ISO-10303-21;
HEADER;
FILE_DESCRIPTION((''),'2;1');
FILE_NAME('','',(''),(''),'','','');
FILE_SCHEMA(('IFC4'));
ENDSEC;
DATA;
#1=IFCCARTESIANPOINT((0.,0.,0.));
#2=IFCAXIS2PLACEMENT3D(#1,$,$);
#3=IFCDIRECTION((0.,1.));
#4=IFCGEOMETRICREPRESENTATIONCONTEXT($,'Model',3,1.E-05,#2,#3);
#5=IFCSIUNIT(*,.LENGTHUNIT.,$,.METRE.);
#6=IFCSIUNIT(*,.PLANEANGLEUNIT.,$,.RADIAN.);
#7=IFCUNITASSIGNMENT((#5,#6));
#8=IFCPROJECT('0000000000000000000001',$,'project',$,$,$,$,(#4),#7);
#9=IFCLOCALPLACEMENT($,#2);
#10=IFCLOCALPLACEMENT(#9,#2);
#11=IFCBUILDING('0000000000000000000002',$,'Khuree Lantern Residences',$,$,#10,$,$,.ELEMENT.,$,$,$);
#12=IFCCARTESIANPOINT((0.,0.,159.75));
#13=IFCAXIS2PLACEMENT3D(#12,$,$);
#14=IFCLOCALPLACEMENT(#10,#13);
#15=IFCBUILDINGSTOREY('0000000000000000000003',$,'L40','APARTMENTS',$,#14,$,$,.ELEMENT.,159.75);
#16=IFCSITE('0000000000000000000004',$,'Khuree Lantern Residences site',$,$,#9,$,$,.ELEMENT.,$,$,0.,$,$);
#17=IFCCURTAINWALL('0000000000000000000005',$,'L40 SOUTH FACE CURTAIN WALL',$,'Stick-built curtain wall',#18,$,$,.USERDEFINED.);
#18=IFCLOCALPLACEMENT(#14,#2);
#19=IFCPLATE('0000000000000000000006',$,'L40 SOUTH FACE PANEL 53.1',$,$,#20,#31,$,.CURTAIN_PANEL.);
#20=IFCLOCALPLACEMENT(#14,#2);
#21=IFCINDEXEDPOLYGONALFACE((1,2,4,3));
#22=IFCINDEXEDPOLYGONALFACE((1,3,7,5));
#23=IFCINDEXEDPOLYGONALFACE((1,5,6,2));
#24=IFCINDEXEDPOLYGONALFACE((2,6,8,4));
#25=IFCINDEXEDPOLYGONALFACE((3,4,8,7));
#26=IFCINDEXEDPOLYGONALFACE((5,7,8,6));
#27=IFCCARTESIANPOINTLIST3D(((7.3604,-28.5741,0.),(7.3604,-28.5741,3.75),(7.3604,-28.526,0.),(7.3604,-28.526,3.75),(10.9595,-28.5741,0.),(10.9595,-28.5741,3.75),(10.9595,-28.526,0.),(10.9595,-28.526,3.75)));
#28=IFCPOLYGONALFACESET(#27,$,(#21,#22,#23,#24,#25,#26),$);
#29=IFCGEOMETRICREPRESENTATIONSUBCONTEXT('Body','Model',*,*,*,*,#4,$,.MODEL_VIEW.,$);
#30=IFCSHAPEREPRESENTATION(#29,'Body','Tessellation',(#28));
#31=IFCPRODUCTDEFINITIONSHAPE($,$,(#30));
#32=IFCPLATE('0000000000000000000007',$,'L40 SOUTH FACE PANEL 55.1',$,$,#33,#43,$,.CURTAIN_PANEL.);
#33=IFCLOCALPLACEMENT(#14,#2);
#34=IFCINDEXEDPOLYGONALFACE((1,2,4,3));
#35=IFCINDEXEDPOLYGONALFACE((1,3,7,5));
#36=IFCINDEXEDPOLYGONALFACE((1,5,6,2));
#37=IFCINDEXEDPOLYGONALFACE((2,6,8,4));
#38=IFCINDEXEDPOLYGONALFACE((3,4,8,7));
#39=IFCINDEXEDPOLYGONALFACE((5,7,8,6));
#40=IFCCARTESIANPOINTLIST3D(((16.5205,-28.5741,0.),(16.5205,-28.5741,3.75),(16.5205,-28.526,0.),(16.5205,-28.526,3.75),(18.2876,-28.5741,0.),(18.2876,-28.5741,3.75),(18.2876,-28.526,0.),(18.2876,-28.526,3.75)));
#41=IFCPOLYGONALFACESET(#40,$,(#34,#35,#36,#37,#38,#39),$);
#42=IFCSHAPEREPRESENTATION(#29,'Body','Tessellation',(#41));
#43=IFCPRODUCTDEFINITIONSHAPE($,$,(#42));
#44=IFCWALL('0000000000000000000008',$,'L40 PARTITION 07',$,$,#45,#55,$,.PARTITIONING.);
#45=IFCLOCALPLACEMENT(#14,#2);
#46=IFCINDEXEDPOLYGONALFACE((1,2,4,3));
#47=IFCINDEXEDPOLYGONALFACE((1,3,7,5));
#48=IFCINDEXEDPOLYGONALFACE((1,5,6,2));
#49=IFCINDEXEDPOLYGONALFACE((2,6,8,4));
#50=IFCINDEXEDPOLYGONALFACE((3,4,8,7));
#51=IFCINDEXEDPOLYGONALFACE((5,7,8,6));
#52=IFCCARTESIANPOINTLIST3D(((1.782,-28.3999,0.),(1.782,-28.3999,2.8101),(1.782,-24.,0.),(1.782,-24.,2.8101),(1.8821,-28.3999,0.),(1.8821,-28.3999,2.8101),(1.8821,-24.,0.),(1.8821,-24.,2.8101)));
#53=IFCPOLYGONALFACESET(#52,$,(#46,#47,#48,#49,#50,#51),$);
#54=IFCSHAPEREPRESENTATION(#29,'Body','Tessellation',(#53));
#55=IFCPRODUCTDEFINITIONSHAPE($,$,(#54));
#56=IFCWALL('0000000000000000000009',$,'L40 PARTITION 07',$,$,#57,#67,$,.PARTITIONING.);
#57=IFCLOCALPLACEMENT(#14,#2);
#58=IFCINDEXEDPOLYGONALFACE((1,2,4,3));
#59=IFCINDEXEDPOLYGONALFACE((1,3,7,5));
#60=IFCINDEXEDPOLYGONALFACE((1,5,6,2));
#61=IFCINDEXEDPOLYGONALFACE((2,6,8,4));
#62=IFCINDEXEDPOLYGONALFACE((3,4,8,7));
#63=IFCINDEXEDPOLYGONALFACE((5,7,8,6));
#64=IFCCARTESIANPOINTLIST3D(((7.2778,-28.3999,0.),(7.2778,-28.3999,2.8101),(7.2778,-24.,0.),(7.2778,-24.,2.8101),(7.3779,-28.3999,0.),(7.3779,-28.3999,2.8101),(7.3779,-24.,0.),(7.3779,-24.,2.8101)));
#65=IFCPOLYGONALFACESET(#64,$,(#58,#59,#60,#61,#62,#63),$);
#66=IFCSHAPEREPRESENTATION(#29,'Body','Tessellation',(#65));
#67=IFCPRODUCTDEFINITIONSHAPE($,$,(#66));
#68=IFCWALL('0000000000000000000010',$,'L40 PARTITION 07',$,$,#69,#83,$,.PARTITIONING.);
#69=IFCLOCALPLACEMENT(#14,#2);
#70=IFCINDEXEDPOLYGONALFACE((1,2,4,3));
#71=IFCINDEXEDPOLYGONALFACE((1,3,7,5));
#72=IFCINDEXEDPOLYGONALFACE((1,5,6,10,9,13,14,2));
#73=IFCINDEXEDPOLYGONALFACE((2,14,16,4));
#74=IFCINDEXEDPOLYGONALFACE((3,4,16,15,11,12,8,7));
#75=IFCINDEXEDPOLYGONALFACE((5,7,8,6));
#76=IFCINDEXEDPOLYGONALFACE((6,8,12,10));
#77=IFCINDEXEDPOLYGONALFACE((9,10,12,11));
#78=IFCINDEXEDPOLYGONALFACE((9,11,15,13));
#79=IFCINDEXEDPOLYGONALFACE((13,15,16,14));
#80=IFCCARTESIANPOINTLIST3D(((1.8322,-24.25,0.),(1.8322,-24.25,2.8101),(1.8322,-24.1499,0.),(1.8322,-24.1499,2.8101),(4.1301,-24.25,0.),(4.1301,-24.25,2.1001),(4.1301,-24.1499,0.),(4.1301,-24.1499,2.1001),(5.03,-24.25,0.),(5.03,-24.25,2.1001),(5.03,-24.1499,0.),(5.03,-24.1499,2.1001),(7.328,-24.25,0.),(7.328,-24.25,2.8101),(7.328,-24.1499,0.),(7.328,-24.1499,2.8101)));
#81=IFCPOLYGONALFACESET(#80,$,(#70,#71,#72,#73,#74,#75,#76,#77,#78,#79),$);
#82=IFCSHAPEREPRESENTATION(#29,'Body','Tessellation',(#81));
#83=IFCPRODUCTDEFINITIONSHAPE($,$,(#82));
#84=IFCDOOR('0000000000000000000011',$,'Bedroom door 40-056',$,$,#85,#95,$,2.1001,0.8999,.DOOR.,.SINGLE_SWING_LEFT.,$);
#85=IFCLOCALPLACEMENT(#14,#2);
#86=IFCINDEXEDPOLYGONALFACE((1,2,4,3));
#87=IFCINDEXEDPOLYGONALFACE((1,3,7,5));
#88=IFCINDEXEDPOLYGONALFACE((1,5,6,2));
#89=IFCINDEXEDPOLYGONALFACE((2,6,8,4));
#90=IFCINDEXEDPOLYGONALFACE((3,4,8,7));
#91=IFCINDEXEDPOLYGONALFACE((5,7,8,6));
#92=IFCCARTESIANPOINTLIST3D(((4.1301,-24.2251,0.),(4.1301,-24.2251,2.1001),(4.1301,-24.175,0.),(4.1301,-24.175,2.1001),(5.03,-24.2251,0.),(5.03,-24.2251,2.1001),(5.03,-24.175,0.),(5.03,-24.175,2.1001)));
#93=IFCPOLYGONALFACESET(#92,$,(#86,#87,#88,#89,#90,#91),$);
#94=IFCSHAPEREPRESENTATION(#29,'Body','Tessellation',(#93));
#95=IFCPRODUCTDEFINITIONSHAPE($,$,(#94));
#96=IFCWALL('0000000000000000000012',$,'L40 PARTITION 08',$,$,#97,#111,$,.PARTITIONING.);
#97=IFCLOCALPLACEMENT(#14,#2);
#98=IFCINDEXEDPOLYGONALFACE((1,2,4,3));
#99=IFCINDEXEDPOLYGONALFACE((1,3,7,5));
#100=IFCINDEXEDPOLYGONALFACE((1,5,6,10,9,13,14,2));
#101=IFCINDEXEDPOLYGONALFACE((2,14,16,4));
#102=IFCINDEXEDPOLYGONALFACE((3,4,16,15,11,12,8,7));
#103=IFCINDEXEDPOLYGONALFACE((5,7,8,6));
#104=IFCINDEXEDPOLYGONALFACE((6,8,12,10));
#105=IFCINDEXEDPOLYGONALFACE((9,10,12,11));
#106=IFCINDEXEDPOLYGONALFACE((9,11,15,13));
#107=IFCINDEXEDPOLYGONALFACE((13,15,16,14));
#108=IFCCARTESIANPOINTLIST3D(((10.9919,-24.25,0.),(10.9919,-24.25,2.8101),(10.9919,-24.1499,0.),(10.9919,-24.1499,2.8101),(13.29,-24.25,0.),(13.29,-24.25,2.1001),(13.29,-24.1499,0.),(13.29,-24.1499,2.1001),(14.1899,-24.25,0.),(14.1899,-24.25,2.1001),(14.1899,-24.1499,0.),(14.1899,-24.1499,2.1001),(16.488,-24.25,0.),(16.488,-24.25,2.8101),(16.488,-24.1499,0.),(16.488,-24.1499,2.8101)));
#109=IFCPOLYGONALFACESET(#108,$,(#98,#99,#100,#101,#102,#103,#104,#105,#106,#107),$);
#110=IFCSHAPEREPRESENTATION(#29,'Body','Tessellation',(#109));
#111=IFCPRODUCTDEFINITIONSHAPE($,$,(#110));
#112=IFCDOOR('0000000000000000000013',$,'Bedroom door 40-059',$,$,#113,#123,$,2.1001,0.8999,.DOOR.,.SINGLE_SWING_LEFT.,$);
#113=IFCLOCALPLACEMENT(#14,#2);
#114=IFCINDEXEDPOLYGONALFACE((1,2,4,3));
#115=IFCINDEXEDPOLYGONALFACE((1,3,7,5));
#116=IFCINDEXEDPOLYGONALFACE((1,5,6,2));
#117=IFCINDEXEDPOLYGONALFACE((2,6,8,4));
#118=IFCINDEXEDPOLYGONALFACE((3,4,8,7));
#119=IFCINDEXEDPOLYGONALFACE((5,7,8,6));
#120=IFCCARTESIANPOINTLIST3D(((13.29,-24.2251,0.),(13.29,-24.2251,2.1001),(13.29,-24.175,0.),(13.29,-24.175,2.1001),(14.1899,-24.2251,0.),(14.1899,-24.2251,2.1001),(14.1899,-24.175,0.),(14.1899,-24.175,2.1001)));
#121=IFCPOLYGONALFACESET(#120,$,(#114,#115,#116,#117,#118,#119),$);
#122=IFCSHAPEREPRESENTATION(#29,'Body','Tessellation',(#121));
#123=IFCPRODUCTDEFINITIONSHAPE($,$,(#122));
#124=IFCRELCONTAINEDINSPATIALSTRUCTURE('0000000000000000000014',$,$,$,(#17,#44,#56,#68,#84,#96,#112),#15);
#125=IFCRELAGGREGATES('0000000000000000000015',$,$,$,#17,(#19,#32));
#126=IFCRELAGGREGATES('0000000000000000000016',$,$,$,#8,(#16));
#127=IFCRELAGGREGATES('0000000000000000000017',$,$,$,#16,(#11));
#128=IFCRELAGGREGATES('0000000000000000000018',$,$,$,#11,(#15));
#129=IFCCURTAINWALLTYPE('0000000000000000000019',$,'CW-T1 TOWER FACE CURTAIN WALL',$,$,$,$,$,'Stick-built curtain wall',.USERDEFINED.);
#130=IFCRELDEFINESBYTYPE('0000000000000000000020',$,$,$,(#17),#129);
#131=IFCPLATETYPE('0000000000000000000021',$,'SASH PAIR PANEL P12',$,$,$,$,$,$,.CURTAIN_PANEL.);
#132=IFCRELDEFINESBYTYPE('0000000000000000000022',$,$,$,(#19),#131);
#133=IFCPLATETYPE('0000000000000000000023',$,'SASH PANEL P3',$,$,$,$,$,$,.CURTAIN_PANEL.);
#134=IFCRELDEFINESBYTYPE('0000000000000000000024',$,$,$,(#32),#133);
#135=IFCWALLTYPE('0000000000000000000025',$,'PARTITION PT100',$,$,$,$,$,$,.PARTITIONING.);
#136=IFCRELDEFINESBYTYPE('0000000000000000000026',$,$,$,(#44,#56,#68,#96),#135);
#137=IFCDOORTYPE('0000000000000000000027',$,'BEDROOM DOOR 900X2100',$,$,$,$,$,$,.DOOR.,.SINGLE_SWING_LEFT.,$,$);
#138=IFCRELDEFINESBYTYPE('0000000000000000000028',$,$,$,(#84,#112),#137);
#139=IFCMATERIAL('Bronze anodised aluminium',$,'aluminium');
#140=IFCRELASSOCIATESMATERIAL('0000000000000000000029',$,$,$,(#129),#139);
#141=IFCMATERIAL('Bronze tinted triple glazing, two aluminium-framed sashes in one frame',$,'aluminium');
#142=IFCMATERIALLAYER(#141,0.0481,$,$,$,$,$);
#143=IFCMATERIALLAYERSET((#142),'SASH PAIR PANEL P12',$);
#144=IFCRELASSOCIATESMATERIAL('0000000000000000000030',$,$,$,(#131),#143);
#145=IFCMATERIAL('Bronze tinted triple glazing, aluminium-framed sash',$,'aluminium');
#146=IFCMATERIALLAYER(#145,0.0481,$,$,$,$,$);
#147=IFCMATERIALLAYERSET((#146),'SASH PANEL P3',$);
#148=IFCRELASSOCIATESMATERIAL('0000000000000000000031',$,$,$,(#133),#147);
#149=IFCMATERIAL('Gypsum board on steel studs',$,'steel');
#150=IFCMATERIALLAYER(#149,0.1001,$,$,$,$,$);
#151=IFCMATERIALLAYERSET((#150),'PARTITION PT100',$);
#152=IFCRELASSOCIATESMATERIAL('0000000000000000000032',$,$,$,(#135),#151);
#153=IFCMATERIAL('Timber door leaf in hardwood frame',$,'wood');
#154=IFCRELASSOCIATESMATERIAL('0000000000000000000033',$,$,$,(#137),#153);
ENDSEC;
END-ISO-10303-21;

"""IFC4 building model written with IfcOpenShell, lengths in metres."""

from ifc_helpers import new_model, si_unit, direction, frame, frame_2d, origin, origin_2d, place, context, subcontext, project, spatial, rectangle, extrude, material, layer, layer_set, type_object, element, fill, aggregate, save


model = new_model("IFC4")

# Units and contexts
model_context = context("Model", 3, precision=1e-05, world=origin(), true_north=direction((0.0, 1.0)))
body_context = subcontext(model_context, "Body", "Model", "MODEL_VIEW")
ifc_project = project(units=[si_unit("LENGTHUNIT", "METRE"), si_unit("PLANEANGLEUNIT", "RADIAN")], contexts=[model_context])

# Site, building, storey
site_placement = place(None, origin())
site = spatial("IfcSite", under=ifc_project, at=site_placement, Name="Khuree Lantern Residences site", CompositionType="ELEMENT", RefElevation=0.0)
building_placement = place(site_placement, origin())
building = spatial("IfcBuilding", under=site, at=building_placement, Name="Khuree Lantern Residences", CompositionType="ELEMENT")
storey_placement = place(building_placement, frame((0.0, 0.0, 159.75)))
storey = spatial("IfcBuildingStorey", under=building, at=storey_placement, Name="L40", Description="APARTMENTS", CompositionType="ELEMENT", Elevation=159.75)

# Curtain wall
ifc_material_1 = material(Name="Bronze anodised aluminium", Category="aluminium")
curtain_wall_type = type_object("IfcCurtainWallType", Name="CW-T1 TOWER FACE CURTAIN WALL", ElementType="Stick-built curtain wall", PredefinedType="USERDEFINED", material=ifc_material_1)
curtain_wall_placement = place(storey_placement, origin())
curtain_wall = element("IfcCurtainWall", 1, at=curtain_wall_placement, inside=storey, type_object=curtain_wall_type, Name="L40 SOUTH FACE CURTAIN WALL", ObjectType="Stick-built curtain wall", PredefinedType="USERDEFINED")

# Plates
ifc_material_2 = material(Name="Bronze tinted triple glazing, two aluminium-framed sashes in one frame", Category="aluminium")
ifc_layer_1 = layer(ifc_material_2, 0.0481)
ifc_layer_set_1 = layer_set([ifc_layer_1], Name="SASH PAIR PANEL P12")
plate_type_1 = type_object("IfcPlateType", Name="SASH PAIR PANEL P12", PredefinedType="CURTAIN_PANEL", material=ifc_layer_set_1)
plate_1_placement = place(storey_placement, frame((9.1599, -28.55, 0.0), z_axis=(0.0, 0.0, 1.0), x_axis=(1.0, 0.0, 0.0)))
plate_1 = element("IfcPlate", 2, at=plate_1_placement, type_object=plate_type_1, Name="L40 SOUTH FACE PANEL 53.1", PredefinedType="CURTAIN_PANEL", context=body_context, shape_type="SweptSolid", body=[
    extrude(rectangle(XDim=3.5991, YDim=0.0481, at=origin_2d()), origin(), (0.0, 0.0, 1.0), 3.75),
])
ifc_material_3 = material(Name="Bronze tinted triple glazing, aluminium-framed sash", Category="aluminium")
ifc_layer_2 = layer(ifc_material_3, 0.0481)
ifc_layer_set_2 = layer_set([ifc_layer_2], Name="SASH PANEL P3")
plate_type_2 = type_object("IfcPlateType", Name="SASH PANEL P3", PredefinedType="CURTAIN_PANEL", material=ifc_layer_set_2)
plate_2_placement = place(storey_placement, frame((17.4041, -28.55, 0.0), z_axis=(0.0, 0.0, 1.0), x_axis=(1.0, 0.0, 0.0)))
plate_2 = element("IfcPlate", 3, at=plate_2_placement, type_object=plate_type_2, Name="L40 SOUTH FACE PANEL 55.1", PredefinedType="CURTAIN_PANEL", context=body_context, shape_type="SweptSolid", body=[
    extrude(rectangle(XDim=1.7671, YDim=0.0481, at=origin_2d()), origin(), (0.0, 0.0, 1.0), 3.75),
])
aggregate(curtain_wall, [plate_1, plate_2])

# Walls
ifc_material_4 = material(Name="Gypsum board on steel studs", Category="steel")
ifc_layer_3 = layer(ifc_material_4, 0.1001)
ifc_layer_set_3 = layer_set([ifc_layer_3], Name="PARTITION PT100")
wall_type = type_object("IfcWallType", Name="PARTITION PT100", PredefinedType="PARTITIONING", material=ifc_layer_set_3)
for number, where, z_axis, x_axis, name in (
    (4, (1.832, -24.0, 0.0), (0.0, 0.0, 1.0), (0.0, -1.0, 0.0), "L40 PARTITION 07"),
    (5, (7.3279, -24.0, 0.0), (0.0, 0.0, 1.0), (0.0, -1.0, 0.0), "L40 PARTITION 07"),
):
    element("IfcWall", number, at=place(storey_placement, frame(where, z_axis=z_axis, x_axis=x_axis)), inside=storey, type_object=wall_type, Name=name, PredefinedType="PARTITIONING", context=body_context, shape_type="SweptSolid", body=[
        extrude(rectangle(XDim=4.3999, YDim=0.1001, at=frame_2d((2.2, 0.0))), origin(), (0.0, 0.0, 1.0), 2.8101),
    ])

# Walls, openings, doors
wall_1_placement = place(storey_placement, frame((1.832, -24.2, 0.0), z_axis=(0.0, 0.0, 1.0), x_axis=(1.0, 0.0, 0.0)))
wall_1 = element("IfcWall", 6, at=wall_1_placement, inside=storey, type_object=wall_type, Name="L40 PARTITION 07", PredefinedType="PARTITIONING", context=body_context, shape_type="SweptSolid", body=[
    extrude(rectangle(XDim=5.4958, YDim=0.1001, at=frame_2d((2.748, 0.0))), origin(), (0.0, 0.0, 1.0), 2.8101),
])
opening_1_placement = place(wall_1_placement, frame((2.2981, 0.0, 0.0)))
opening_1 = element("IfcOpeningElement", 7, at=opening_1_placement, cuts=wall_1, PredefinedType="OPENING", context=body_context, shape_type="SweptSolid", body=[
    extrude(rectangle(XDim=0.8999, YDim=2.1001, at=frame_2d((0.45, 1.05))), frame((0.0, 0.0601, 0.0), z_axis=(0.0, -1.0, 0.0), x_axis=(1.0, 0.0, 0.0)), (0.0, 0.0, 1.0), 0.1201),
])
ifc_material_5 = material(Name="Timber door leaf in hardwood frame", Category="wood")
door_type = type_object("IfcDoorType", Name="BEDROOM DOOR 900X2100", OperationType="SINGLE_SWING_LEFT", PredefinedType="DOOR", material=ifc_material_5)
door_1_placement = place(opening_1_placement, origin())
door_1 = element("IfcDoor", 8, at=door_1_placement, inside=storey, type_object=door_type, Name="Bedroom door 40-056", OperationType="SINGLE_SWING_LEFT", OverallHeight=2.1001, OverallWidth=0.8999, PredefinedType="DOOR", context=body_context, shape_type="SweptSolid", body=[
    extrude(rectangle(XDim=0.8999, YDim=2.1001, at=frame_2d((0.45, 1.05))), frame((0.0, 0.0249, 0.0), z_axis=(0.0, -1.0, 0.0), x_axis=(1.0, 0.0, 0.0)), (0.0, 0.0, 1.0), 0.05),
])
fill(opening_1, door_1)
wall_2_placement = place(storey_placement, frame((10.9919, -24.2, 0.0), z_axis=(0.0, 0.0, 1.0), x_axis=(1.0, 0.0, 0.0)))
wall_2 = element("IfcWall", 9, at=wall_2_placement, inside=storey, type_object=wall_type, Name="L40 PARTITION 08", PredefinedType="PARTITIONING", context=body_context, shape_type="SweptSolid", body=[
    extrude(rectangle(XDim=5.4961, YDim=0.1001, at=frame_2d((2.748, 0.0))), origin(), (0.0, 0.0, 1.0), 2.8101),
])
opening_2_placement = place(wall_2_placement, frame((2.2981, 0.0, 0.0)))
opening_2 = element("IfcOpeningElement", 10, at=opening_2_placement, cuts=wall_2, PredefinedType="OPENING", context=body_context, shape_type="SweptSolid", body=[
    extrude(rectangle(XDim=0.8999, YDim=2.1001, at=frame_2d((0.45, 1.05))), frame((0.0, 0.0601, 0.0), z_axis=(0.0, -1.0, 0.0), x_axis=(1.0, 0.0, 0.0)), (0.0, 0.0, 1.0), 0.1201),
])
door_2_placement = place(opening_2_placement, origin())
door_2 = element("IfcDoor", 11, at=door_2_placement, inside=storey, type_object=door_type, Name="Bedroom door 40-059", OperationType="SINGLE_SWING_LEFT", OverallHeight=2.1001, OverallWidth=0.8999, PredefinedType="DOOR", context=body_context, shape_type="SweptSolid", body=[
    extrude(rectangle(XDim=0.8999, YDim=2.1001, at=frame_2d((0.45, 1.05))), frame((0.0, 0.0249, 0.0), z_axis=(0.0, -1.0, 0.0), x_axis=(1.0, 0.0, 0.0)), (0.0, 0.0, 1.0), 0.05),
])
fill(opening_2, door_2)

save(model, "model.ifc")
